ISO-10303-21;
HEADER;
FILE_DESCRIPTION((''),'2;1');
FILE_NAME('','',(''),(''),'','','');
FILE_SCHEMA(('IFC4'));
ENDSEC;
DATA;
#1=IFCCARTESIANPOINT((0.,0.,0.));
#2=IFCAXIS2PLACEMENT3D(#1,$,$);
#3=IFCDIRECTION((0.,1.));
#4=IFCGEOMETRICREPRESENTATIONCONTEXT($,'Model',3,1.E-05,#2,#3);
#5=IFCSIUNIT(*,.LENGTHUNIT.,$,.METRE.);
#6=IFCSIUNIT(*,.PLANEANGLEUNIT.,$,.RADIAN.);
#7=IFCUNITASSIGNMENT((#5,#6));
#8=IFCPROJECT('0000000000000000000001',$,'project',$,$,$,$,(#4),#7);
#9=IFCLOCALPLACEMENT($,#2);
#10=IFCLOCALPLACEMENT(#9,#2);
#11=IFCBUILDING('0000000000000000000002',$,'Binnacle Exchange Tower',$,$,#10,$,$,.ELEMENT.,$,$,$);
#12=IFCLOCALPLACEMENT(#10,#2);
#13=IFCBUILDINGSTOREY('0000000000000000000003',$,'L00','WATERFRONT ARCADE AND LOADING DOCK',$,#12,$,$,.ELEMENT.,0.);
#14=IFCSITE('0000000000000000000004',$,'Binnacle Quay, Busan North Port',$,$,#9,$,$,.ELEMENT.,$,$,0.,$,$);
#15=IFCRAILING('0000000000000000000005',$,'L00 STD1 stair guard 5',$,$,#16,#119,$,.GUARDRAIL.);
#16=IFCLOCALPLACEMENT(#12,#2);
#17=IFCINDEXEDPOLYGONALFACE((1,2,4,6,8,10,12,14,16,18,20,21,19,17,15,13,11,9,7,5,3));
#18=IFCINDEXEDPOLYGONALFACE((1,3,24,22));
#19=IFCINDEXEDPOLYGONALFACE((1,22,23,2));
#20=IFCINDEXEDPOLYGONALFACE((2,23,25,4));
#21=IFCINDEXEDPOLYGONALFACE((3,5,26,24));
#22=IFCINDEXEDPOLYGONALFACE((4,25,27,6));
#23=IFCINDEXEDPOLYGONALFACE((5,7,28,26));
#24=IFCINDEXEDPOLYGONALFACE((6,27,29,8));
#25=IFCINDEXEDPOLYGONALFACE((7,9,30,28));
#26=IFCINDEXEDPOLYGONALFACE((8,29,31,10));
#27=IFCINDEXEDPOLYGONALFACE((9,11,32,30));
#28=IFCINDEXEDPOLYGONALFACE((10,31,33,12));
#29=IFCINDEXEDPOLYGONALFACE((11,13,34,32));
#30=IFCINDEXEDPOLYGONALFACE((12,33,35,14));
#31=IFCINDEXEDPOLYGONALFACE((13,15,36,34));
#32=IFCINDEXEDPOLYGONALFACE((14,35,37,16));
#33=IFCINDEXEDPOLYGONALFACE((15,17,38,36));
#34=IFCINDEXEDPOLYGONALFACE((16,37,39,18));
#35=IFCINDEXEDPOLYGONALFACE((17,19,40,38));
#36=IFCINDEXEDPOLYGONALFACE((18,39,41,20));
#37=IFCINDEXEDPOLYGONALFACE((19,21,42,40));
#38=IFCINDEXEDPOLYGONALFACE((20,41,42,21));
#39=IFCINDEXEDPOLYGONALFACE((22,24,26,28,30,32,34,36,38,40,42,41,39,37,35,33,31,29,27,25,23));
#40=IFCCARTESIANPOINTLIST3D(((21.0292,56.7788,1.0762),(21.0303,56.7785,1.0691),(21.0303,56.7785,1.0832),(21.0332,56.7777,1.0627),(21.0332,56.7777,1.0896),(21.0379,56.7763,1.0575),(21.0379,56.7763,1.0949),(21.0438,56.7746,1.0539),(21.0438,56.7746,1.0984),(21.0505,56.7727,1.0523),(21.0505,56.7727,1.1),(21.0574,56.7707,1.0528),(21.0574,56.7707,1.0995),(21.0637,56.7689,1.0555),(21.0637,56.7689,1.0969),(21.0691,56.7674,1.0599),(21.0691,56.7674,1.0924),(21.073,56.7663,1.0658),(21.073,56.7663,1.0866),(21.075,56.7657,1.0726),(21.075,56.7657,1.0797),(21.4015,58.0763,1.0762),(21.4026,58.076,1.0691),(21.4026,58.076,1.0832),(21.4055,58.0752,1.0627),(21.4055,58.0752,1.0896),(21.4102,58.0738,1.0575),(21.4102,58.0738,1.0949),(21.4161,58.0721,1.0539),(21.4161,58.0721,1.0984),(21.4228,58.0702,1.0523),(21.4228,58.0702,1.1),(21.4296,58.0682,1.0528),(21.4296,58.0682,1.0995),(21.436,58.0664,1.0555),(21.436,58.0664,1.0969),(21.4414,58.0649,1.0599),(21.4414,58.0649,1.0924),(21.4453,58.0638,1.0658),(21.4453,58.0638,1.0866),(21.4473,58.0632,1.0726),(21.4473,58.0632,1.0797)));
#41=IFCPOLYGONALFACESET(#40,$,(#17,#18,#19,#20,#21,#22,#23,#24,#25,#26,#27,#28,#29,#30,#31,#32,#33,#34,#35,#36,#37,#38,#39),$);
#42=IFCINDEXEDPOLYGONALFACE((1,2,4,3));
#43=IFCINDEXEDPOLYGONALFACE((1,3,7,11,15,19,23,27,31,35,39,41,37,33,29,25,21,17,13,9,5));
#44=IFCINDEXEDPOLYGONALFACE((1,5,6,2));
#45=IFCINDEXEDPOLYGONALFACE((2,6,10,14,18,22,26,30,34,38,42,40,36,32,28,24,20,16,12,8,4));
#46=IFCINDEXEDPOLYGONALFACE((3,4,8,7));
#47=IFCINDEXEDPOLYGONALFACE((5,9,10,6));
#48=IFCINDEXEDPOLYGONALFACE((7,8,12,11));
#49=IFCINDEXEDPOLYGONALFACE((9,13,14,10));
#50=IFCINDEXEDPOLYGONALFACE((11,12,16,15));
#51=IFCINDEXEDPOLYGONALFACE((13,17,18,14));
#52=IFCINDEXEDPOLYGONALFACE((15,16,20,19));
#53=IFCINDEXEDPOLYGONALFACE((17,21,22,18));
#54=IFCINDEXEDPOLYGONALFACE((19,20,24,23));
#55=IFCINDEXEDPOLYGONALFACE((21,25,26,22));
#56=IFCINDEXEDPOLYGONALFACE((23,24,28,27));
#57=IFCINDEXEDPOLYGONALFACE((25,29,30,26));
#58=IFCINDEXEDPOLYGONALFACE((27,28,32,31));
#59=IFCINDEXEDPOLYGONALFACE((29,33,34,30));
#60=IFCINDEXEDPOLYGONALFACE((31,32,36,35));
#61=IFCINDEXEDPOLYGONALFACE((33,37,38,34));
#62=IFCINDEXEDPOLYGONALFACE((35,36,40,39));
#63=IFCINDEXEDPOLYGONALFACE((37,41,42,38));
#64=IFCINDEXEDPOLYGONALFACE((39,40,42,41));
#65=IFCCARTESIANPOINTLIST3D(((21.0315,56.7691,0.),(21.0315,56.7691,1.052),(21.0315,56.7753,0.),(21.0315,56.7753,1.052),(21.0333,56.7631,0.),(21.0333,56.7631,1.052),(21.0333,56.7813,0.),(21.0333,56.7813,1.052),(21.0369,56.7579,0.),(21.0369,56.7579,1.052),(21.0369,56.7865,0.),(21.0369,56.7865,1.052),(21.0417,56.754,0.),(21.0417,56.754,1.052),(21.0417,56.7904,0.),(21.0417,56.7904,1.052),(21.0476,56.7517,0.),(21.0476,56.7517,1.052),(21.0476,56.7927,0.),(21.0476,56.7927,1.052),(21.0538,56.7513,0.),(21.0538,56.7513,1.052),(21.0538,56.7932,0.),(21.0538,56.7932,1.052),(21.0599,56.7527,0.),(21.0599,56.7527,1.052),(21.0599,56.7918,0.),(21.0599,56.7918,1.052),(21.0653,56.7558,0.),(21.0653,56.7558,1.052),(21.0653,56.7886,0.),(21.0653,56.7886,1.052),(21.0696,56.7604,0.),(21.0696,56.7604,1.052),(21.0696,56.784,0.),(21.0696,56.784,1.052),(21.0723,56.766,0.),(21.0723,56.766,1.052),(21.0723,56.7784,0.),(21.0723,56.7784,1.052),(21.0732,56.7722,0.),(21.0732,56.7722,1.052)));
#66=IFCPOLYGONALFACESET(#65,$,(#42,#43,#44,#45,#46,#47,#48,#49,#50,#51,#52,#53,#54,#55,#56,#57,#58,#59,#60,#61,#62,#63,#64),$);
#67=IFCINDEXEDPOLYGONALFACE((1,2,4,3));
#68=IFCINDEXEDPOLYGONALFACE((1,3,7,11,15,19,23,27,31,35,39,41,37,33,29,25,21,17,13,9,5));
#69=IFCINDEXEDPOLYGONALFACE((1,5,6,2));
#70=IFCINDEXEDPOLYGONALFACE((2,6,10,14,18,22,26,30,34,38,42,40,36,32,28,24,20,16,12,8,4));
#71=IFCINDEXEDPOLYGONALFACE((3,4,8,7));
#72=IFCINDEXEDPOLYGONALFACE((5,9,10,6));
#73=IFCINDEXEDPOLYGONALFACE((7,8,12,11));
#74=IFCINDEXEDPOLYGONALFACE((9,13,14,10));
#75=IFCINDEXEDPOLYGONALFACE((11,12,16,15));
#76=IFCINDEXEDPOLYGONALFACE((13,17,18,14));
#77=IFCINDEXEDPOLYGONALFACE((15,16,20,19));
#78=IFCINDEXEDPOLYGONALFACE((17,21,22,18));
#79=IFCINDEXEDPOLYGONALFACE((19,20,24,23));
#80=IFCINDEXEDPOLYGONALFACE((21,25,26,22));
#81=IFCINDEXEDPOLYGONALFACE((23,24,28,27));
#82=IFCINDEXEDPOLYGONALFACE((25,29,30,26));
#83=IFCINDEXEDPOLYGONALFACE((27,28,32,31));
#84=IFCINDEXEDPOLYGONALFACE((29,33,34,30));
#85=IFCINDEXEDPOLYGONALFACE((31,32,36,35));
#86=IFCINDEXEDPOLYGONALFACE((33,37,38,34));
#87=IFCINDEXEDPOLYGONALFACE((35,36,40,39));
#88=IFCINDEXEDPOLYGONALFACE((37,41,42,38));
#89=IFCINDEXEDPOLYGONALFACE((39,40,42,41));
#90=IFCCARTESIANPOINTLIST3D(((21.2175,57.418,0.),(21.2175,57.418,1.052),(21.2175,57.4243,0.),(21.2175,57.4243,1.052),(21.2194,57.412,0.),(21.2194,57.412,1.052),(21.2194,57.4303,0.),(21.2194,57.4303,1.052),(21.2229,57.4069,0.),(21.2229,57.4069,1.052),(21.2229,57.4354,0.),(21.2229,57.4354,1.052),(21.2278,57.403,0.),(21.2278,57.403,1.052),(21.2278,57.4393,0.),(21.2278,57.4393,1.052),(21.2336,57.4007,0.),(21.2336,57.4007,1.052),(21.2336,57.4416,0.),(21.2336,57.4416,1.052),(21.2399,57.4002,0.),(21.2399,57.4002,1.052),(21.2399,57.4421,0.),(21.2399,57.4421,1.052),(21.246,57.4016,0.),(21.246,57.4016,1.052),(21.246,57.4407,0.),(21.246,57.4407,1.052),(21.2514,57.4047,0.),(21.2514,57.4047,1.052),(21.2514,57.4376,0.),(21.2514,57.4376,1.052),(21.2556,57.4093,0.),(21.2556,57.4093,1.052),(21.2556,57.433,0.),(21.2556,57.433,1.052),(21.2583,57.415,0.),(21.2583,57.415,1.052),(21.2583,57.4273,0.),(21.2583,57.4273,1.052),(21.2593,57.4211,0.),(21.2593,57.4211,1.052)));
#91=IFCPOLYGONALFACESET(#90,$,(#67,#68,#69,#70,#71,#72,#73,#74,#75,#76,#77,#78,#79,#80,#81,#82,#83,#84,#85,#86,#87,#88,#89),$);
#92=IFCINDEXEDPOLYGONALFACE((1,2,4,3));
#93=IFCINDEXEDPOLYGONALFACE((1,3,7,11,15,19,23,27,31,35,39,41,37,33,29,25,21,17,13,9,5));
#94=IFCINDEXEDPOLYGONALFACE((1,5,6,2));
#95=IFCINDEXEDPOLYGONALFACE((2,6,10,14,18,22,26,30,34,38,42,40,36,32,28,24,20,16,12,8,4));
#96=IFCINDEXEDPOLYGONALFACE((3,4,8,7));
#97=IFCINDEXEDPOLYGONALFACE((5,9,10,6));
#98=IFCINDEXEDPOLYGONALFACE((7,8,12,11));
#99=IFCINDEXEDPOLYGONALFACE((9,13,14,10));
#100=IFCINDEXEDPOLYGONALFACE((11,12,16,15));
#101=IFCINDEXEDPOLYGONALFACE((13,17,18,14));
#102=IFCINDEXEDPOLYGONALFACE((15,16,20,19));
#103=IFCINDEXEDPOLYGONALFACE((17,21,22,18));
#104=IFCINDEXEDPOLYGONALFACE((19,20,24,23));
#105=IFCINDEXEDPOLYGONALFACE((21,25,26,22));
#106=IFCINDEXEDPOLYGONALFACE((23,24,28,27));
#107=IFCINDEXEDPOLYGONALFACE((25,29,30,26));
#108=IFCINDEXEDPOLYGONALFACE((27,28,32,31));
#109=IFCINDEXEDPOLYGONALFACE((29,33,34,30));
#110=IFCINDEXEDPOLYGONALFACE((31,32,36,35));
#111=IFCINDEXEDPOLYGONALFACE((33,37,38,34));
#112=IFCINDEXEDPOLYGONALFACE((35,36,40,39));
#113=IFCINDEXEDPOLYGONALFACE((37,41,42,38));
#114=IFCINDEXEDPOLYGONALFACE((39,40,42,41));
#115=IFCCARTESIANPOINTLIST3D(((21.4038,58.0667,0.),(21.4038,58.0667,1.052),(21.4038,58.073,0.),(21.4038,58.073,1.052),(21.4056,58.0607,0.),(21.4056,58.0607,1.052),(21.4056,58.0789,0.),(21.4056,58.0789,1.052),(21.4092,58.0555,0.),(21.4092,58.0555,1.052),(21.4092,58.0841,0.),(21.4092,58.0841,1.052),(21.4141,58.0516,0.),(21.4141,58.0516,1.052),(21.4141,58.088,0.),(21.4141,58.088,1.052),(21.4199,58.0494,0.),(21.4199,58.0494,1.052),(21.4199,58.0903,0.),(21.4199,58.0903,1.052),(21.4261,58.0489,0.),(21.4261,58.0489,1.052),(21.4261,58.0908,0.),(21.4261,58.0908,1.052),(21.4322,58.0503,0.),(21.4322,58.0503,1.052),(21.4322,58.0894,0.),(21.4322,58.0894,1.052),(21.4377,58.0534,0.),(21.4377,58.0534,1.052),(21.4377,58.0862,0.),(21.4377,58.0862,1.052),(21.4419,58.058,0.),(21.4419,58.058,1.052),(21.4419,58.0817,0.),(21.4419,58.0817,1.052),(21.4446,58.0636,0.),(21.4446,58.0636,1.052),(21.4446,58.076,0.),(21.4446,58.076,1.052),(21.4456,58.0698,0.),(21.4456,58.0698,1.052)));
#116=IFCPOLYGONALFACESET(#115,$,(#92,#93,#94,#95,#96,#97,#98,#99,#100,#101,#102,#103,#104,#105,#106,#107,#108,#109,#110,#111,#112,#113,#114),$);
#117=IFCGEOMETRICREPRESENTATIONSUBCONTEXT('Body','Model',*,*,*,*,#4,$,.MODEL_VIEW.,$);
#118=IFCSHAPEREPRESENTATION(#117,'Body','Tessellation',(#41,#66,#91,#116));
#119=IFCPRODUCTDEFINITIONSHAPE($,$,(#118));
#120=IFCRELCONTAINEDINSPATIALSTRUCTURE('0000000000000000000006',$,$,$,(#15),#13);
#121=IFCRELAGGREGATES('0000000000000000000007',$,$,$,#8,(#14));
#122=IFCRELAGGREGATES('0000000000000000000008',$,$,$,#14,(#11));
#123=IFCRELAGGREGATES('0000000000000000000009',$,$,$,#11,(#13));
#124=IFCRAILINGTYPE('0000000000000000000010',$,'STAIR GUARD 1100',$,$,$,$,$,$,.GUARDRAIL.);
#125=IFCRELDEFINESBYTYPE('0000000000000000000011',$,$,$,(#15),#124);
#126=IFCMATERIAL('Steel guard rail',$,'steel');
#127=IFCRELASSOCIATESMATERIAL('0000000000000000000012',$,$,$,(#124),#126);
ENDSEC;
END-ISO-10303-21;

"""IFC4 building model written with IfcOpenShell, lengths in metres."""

from ifc_helpers import new_model, si_unit, direction, frame, origin, origin_2d, place, context, subcontext, project, spatial, circle, extrude, material, type_object, element, save


model = new_model("IFC4")

# Units and contexts
model_context = context("Model", 3, precision=1e-05, world=origin(), true_north=direction((0.0, 1.0)))
body_context = subcontext(model_context, "Body", "Model", "MODEL_VIEW")
ifc_project = project(units=[si_unit("LENGTHUNIT", "METRE"), si_unit("PLANEANGLEUNIT", "RADIAN")], contexts=[model_context])

# Site, building, storey
site_placement = place(None, origin())
site = spatial("IfcSite", under=ifc_project, at=site_placement, Name="Binnacle Quay, Busan North Port", CompositionType="ELEMENT", RefElevation=0.0)
building_placement = place(site_placement, origin())
building = spatial("IfcBuilding", under=site, at=building_placement, Name="Binnacle Exchange Tower", CompositionType="ELEMENT")
storey_placement = place(building_placement, origin())
storey = spatial("IfcBuildingStorey", under=building, at=storey_placement, Name="L00", Description="WATERFRONT ARCADE AND LOADING DOCK", CompositionType="ELEMENT", Elevation=0.0)

# Railing
ifc_material_1 = material(Name="Steel guard rail", Category="steel")
railing_type = type_object("IfcRailingType", Name="STAIR GUARD 1100", PredefinedType="GUARDRAIL", material=ifc_material_1)
railing_1_placement = place(storey_placement, frame((21.0522, 56.7722, 0.0)))
element("IfcRailing", 1, at=railing_1_placement, inside=storey, type_object=railing_type, Name="L00 STD1 stair guard 5", PredefinedType="GUARDRAIL", context=body_context, shape_type="SweptSolid", body=[
    extrude(circle(Radius=0.0239, at=origin_2d()), frame((0.0, 0.0, 1.0762), z_axis=(0.275796, 0.961216, 0.0), x_axis=(-0.961216, 0.275796, 0.0)), (0.0, 0.0, 1.0), 1.3499),
    extrude(circle(Radius=0.021, at=origin_2d()), origin(), (0.0, 0.0, 1.0), 1.052),
    extrude(circle(Radius=0.021, at=origin_2d()), frame((0.186, 0.6489, 0.0)), (0.0, 0.0, 1.0), 1.052),
    extrude(circle(Radius=0.021, at=origin_2d()), frame((0.3723, 1.2976, 0.0)), (0.0, 0.0, 1.0), 1.052),
])

save(model, "model.ifc")
